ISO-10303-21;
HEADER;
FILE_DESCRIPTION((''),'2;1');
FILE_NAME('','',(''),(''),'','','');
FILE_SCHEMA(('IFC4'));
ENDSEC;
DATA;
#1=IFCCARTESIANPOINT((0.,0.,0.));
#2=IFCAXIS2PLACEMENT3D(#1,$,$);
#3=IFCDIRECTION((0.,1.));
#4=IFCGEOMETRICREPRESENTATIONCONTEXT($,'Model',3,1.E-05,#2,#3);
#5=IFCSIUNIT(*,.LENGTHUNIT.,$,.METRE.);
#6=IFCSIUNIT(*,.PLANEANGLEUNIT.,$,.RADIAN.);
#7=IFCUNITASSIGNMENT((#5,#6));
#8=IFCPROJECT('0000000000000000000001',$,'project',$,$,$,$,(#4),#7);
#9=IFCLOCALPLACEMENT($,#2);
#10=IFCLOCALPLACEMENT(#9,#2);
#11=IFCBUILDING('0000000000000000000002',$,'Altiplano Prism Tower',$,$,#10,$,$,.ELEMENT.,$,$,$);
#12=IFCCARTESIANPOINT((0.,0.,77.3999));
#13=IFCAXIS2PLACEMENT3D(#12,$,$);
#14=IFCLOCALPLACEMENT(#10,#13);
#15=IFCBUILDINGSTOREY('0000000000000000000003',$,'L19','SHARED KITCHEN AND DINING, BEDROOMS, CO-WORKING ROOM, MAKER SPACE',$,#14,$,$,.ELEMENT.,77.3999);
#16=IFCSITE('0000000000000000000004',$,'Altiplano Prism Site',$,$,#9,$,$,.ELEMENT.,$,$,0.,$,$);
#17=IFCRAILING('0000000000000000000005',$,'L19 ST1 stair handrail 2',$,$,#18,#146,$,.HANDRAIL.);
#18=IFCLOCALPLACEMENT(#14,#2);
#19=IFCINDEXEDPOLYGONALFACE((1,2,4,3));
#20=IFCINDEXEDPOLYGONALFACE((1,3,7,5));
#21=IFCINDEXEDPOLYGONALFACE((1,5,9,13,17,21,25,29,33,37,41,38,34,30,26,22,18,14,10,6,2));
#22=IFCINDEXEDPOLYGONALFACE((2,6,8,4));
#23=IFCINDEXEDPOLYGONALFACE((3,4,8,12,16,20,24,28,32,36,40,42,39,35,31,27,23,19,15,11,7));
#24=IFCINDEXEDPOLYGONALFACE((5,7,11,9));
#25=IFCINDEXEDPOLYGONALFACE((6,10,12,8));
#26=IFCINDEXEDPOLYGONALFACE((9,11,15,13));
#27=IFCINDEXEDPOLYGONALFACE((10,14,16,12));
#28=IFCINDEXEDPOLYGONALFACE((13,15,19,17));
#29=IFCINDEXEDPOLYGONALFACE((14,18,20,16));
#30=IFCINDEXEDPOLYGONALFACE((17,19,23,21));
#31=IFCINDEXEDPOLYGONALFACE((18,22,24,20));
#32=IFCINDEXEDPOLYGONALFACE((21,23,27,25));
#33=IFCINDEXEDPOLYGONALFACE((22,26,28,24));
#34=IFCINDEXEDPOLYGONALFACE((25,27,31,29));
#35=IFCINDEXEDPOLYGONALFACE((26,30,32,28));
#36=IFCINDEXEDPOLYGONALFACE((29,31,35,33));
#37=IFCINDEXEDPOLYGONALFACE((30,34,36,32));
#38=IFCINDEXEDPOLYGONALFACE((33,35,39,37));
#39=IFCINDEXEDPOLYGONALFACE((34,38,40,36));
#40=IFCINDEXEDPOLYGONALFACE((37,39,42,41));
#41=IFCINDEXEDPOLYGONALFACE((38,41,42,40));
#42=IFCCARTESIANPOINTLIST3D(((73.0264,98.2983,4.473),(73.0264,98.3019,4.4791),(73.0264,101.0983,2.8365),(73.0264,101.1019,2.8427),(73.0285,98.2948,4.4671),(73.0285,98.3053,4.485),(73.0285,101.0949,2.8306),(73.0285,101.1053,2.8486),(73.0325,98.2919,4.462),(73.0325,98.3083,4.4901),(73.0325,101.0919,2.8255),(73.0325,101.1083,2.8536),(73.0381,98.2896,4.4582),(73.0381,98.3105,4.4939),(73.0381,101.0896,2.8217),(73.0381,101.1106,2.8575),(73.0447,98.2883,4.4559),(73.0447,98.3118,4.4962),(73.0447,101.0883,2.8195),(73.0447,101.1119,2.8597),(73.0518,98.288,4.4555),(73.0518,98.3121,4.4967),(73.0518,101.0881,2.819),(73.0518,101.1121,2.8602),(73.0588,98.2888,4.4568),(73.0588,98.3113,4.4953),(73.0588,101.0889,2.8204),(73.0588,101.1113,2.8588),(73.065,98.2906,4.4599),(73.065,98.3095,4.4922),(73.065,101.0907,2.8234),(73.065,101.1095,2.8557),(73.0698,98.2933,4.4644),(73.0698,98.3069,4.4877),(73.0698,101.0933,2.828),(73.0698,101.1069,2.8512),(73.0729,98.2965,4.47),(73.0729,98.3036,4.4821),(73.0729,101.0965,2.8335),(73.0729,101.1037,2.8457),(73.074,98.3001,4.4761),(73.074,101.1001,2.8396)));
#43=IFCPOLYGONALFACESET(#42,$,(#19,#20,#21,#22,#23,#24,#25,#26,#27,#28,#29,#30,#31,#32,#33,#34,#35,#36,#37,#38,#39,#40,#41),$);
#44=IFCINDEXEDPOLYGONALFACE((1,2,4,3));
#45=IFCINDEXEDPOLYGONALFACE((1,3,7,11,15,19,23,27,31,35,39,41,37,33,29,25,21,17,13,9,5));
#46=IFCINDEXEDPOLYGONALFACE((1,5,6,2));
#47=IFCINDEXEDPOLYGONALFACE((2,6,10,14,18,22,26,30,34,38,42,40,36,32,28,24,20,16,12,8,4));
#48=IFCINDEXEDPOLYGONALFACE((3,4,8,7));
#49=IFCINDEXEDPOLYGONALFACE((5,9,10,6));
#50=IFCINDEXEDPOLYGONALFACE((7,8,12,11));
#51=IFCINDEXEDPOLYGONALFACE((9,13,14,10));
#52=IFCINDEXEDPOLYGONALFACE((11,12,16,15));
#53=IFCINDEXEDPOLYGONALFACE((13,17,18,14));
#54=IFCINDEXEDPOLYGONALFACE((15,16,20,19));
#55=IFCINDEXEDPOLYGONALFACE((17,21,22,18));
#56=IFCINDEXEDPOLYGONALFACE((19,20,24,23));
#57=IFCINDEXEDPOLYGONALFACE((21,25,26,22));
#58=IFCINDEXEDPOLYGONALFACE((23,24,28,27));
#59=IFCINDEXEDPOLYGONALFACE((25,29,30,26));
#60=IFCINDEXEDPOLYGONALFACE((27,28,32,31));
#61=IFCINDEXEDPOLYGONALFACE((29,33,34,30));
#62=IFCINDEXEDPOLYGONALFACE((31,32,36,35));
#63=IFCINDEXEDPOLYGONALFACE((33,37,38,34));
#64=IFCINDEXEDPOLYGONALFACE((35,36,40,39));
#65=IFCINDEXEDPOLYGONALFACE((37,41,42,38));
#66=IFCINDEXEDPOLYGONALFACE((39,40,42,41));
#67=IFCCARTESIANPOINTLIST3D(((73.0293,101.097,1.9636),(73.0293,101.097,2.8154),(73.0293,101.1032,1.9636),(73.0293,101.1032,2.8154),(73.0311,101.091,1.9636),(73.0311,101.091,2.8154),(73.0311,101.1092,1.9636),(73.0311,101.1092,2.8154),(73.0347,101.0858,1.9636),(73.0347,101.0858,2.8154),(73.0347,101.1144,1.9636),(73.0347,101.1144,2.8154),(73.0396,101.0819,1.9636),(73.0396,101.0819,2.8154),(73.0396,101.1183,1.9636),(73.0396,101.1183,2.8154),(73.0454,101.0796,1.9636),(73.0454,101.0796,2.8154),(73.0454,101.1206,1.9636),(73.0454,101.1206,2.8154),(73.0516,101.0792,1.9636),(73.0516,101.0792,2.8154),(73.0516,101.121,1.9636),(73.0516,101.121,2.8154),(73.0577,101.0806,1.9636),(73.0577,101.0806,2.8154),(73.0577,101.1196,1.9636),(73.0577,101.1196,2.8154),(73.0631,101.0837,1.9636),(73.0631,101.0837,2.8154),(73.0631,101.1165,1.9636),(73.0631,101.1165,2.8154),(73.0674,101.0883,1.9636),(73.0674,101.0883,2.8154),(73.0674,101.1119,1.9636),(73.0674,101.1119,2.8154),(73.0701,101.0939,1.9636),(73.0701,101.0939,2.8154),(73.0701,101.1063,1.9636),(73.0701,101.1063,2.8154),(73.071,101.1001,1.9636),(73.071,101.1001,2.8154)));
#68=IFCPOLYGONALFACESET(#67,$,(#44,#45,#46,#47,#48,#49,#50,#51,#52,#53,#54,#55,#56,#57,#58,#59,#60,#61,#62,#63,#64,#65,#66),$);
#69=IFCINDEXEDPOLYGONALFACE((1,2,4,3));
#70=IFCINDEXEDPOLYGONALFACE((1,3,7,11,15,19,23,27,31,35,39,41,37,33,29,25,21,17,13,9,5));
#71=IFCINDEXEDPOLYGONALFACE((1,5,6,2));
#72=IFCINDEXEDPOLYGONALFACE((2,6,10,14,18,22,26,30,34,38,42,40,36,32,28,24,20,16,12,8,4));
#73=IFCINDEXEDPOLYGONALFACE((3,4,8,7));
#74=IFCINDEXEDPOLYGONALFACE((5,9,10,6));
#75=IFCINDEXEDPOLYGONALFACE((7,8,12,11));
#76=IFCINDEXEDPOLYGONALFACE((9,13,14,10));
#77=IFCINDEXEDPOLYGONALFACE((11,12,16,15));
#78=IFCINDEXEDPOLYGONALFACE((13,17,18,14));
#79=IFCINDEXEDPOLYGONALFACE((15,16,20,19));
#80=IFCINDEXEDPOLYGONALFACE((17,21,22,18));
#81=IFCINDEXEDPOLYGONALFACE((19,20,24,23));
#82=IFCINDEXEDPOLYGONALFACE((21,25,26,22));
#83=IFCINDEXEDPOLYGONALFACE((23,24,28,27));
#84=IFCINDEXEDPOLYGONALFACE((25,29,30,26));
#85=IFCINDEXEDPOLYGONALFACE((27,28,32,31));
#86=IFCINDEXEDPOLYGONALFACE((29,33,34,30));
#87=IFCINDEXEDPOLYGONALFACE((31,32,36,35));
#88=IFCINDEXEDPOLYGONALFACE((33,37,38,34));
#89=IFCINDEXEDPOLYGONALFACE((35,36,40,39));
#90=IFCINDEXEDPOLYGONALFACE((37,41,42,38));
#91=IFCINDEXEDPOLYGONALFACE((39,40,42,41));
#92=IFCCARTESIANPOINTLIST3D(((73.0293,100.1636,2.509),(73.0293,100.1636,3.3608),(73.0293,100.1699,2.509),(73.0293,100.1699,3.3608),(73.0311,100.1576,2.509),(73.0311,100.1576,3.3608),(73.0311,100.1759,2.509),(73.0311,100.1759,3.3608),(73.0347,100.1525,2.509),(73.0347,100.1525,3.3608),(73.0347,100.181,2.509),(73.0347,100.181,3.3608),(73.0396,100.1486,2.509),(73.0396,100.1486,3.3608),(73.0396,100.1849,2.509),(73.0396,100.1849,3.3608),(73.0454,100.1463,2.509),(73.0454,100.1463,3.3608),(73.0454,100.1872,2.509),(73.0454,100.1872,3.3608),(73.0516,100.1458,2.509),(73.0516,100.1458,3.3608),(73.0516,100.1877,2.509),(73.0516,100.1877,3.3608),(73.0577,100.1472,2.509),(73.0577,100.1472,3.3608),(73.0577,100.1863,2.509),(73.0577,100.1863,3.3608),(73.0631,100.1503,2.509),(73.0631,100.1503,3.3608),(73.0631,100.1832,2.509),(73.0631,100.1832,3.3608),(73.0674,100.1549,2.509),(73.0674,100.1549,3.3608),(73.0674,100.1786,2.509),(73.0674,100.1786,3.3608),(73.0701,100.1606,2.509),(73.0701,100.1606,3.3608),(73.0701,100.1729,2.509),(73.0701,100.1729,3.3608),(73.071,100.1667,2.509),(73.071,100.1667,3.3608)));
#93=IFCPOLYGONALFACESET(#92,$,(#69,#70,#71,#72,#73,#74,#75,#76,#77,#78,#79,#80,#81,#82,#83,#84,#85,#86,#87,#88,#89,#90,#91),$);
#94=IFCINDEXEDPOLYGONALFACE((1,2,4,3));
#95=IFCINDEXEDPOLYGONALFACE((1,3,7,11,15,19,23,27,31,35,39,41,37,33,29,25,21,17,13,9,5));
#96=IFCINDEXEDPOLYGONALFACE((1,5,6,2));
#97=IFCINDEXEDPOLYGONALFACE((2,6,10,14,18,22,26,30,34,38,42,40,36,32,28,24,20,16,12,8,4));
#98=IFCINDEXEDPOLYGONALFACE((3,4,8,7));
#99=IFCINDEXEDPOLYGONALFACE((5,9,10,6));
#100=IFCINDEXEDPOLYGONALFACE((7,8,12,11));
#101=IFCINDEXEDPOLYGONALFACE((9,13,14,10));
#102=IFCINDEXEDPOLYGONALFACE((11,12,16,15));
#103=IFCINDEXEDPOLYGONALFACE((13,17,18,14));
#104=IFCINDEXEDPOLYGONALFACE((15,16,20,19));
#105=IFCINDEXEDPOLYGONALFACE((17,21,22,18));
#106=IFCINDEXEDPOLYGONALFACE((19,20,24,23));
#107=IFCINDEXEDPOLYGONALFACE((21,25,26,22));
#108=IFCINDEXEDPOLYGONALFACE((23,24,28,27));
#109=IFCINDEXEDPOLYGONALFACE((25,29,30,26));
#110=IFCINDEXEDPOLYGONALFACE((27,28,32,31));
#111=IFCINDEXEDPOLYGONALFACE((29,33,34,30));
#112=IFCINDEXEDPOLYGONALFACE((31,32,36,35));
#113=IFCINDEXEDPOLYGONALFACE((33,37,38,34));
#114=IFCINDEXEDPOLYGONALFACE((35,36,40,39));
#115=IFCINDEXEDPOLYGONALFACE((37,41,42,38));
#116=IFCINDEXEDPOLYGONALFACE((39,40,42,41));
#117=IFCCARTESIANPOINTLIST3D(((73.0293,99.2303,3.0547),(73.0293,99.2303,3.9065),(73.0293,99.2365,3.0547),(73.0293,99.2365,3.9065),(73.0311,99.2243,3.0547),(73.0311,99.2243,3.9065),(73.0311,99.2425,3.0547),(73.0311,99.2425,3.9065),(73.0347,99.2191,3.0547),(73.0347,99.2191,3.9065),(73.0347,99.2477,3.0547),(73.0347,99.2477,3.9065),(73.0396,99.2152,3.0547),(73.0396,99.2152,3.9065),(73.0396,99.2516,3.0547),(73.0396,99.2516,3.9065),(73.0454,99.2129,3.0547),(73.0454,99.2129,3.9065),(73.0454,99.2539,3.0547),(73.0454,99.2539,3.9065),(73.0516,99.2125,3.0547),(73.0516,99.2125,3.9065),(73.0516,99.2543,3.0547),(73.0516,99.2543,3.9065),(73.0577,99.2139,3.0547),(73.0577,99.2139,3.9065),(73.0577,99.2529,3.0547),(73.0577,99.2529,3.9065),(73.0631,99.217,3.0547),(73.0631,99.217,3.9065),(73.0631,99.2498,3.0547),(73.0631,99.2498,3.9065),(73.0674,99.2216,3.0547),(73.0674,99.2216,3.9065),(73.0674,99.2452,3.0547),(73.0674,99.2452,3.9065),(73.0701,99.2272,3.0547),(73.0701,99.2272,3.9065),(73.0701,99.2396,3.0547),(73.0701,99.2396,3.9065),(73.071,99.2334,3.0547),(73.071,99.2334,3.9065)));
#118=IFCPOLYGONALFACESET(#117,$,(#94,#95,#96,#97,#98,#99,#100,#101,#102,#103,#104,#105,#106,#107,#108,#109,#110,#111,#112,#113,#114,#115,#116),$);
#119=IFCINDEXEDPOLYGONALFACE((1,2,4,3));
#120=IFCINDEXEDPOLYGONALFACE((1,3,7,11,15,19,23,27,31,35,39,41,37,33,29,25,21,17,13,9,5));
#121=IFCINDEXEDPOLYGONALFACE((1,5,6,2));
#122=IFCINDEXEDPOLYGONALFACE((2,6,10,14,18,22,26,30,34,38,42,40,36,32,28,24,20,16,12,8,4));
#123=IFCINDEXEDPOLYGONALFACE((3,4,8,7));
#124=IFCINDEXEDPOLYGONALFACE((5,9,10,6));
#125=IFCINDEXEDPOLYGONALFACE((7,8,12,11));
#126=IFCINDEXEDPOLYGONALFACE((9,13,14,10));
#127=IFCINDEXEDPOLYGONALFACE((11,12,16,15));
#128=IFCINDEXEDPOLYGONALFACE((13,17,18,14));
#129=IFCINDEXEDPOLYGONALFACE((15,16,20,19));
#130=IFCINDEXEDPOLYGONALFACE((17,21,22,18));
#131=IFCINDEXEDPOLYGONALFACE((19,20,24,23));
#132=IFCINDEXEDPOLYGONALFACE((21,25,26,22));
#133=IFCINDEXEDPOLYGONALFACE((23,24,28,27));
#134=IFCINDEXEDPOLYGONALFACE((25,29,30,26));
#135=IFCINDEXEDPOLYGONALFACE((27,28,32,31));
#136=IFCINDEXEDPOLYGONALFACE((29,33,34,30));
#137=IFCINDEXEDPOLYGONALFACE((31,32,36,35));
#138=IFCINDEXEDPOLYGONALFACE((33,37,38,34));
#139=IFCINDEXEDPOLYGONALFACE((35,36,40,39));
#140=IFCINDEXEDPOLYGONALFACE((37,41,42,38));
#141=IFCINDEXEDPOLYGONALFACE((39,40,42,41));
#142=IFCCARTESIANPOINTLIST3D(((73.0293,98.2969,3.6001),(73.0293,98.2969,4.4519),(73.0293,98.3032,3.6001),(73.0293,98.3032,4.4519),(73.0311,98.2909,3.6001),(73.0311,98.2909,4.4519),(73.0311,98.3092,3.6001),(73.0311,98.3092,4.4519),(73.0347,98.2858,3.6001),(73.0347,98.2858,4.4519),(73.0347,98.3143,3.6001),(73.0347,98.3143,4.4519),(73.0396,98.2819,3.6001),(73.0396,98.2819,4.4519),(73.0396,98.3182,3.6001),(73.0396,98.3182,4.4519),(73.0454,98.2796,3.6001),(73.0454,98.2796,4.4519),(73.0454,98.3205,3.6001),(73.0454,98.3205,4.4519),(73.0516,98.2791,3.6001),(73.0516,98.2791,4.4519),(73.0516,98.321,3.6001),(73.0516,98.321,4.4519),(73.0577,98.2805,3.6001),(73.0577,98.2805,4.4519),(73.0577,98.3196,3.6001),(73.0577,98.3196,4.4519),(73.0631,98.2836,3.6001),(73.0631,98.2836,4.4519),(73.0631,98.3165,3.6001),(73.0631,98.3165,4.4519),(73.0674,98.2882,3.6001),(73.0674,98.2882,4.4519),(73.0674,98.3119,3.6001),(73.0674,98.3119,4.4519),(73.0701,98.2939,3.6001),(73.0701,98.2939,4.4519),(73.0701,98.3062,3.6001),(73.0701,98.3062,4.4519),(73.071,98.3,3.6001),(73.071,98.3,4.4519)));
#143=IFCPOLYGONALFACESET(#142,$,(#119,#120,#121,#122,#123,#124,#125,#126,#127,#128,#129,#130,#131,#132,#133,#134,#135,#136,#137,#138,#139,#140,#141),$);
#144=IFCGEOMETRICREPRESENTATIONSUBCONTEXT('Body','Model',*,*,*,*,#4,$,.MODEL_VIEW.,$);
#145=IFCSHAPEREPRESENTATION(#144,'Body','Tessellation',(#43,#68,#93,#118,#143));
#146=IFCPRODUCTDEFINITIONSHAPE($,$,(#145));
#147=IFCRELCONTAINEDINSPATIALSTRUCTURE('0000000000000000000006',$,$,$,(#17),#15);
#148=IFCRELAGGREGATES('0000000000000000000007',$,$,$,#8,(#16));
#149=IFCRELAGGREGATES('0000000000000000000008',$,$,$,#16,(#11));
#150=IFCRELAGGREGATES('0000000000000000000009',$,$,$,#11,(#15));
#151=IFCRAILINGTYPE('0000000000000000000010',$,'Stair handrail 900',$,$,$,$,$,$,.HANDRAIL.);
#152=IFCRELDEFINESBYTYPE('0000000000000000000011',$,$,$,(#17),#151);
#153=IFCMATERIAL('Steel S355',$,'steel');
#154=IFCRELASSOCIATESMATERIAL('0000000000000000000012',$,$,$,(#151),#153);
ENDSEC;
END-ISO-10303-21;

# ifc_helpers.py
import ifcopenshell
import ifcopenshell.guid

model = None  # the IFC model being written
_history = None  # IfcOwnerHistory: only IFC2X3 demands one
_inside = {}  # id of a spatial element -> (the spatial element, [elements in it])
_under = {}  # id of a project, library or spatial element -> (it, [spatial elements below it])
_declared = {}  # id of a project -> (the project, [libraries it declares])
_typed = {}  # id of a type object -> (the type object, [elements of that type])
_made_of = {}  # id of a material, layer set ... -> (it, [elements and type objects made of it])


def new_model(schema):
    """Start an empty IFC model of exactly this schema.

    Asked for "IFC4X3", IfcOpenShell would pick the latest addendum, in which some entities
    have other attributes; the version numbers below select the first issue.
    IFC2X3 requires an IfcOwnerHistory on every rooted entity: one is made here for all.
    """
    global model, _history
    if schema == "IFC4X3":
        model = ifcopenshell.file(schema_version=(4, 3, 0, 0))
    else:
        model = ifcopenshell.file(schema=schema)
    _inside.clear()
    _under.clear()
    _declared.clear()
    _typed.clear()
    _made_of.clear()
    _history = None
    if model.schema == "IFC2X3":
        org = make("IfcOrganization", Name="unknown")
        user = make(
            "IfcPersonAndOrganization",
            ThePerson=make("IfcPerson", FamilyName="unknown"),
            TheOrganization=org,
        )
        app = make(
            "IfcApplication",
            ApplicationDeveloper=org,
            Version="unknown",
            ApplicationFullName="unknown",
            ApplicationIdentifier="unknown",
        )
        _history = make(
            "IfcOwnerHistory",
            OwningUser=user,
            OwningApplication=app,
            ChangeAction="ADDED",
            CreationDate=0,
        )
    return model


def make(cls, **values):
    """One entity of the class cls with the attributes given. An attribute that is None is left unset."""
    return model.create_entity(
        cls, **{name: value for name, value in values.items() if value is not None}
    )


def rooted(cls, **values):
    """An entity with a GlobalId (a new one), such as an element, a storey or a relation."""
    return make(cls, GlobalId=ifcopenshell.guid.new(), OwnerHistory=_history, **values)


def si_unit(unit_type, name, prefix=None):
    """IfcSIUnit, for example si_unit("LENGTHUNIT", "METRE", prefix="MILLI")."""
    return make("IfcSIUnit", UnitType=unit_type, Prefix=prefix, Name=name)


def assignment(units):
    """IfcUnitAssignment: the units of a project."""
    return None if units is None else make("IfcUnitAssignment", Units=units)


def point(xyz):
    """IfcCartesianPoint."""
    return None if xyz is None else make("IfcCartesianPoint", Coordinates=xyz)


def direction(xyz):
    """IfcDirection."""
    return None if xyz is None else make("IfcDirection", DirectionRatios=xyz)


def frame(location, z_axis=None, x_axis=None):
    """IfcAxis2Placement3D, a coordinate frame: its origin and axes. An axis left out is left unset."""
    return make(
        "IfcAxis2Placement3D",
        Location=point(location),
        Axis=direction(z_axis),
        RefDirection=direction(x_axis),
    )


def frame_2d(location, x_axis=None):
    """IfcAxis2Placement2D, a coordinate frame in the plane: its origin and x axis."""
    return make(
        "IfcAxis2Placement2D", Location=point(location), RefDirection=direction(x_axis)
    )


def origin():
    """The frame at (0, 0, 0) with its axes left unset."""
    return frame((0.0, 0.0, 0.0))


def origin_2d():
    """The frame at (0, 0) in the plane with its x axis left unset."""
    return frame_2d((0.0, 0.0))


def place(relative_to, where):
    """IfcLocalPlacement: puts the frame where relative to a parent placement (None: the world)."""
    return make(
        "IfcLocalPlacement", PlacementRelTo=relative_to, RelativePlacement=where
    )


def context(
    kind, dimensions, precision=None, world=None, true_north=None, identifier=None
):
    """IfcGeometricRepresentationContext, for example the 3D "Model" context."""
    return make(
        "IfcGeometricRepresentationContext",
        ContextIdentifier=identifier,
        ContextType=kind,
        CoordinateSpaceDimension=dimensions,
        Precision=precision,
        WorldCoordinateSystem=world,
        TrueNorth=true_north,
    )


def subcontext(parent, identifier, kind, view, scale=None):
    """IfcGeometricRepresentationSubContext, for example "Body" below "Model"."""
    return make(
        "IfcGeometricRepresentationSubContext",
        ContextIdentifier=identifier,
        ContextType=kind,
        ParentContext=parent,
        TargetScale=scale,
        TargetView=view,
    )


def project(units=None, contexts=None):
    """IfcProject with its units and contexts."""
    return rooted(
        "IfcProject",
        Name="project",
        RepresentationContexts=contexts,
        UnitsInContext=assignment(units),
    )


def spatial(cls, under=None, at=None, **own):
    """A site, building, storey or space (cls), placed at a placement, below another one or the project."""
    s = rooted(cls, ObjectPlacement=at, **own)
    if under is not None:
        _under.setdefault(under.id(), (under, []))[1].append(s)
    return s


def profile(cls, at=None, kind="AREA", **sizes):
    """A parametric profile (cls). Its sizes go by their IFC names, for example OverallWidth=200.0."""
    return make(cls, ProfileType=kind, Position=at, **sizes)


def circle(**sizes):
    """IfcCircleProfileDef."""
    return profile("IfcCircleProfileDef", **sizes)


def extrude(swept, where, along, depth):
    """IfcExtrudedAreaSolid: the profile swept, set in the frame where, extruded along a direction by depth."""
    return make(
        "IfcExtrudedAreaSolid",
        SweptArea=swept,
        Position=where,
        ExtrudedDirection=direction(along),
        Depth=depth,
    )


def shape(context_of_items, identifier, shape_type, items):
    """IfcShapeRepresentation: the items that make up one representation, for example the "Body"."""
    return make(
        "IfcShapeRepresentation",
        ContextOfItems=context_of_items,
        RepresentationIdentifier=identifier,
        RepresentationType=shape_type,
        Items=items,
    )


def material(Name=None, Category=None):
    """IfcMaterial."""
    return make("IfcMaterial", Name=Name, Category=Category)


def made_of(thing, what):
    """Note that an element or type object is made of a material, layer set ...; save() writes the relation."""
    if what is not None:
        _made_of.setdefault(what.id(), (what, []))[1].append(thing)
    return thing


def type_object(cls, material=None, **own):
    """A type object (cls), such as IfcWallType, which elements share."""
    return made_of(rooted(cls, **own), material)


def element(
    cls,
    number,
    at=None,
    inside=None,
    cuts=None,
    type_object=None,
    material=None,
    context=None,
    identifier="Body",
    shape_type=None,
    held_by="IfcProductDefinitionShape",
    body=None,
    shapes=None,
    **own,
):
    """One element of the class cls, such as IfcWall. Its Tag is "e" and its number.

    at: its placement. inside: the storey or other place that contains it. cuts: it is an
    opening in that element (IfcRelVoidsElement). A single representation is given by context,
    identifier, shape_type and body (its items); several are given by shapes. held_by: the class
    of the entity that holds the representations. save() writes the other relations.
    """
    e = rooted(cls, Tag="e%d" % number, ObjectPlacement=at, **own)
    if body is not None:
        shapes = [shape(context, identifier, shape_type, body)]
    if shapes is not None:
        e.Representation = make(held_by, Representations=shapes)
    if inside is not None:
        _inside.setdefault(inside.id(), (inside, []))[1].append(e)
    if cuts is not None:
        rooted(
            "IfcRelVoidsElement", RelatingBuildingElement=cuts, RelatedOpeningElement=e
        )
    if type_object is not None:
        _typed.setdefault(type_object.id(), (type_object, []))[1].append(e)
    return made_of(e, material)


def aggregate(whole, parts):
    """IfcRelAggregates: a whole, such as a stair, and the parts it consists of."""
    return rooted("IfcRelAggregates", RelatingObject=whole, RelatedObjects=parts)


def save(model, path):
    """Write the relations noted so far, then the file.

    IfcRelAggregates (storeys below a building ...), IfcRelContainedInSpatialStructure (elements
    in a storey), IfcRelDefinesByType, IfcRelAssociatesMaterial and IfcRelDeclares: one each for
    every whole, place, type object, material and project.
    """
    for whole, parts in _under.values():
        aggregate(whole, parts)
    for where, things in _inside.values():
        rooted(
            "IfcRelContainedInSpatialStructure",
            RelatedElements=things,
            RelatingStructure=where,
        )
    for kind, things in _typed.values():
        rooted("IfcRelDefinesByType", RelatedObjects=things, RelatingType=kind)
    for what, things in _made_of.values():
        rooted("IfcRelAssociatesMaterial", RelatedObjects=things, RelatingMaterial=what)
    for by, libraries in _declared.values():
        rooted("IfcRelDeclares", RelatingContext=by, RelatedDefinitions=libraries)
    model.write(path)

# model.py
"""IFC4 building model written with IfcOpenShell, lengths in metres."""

from ifc_helpers import new_model, si_unit, direction, frame, origin, origin_2d, place, context, subcontext, project, spatial, circle, extrude, material, type_object, element, save


model = new_model("IFC4")

# Units and contexts
model_context = context("Model", 3, precision=1e-05, world=origin(), true_north=direction((0.0, 1.0)))
body_context = subcontext(model_context, "Body", "Model", "MODEL_VIEW")
ifc_project = project(units=[si_unit("LENGTHUNIT", "METRE"), si_unit("PLANEANGLEUNIT", "RADIAN")], contexts=[model_context])

# Site, building, storey
site_placement = place(None, origin())
site = spatial("IfcSite", under=ifc_project, at=site_placement, Name="Altiplano Prism Site", CompositionType="ELEMENT", RefElevation=0.0)
building_placement = place(site_placement, origin())
building = spatial("IfcBuilding", under=site, at=building_placement, Name="Altiplano Prism Tower", CompositionType="ELEMENT")
storey_placement = place(building_placement, frame((0.0, 0.0, 77.3999)))
storey = spatial("IfcBuildingStorey", under=building, at=storey_placement, Name="L19", Description="SHARED KITCHEN AND DINING, BEDROOMS, CO-WORKING ROOM, MAKER SPACE", CompositionType="ELEMENT", Elevation=77.3999)

# Railing
ifc_material_1 = material(Name="Steel S355", Category="steel")
railing_type = type_object("IfcRailingType", Name="Stair handrail 900", PredefinedType="HANDRAIL", material=ifc_material_1)
railing_placement = place(storey_placement, frame((73.05, 101.1001, 1.9636)))
element("IfcRailing", 1, at=railing_placement, inside=storey, type_object=railing_type, Name="L19 ST1 stair handrail 2", PredefinedType="HANDRAIL", context=body_context, shape_type="SweptSolid", body=[
    extrude(circle(Radius=0.0239, at=origin_2d()), frame((0.0, 0.0, 0.876), z_axis=(0.0, -0.863361, 0.504587), x_axis=(1.0, 0.0, 0.0)), (0.0, 0.0, 1.0), 3.2432),
    extrude(circle(Radius=0.021, at=origin_2d()), origin(), (0.0, 0.0, 1.0), 0.8518),
    extrude(circle(Radius=0.021, at=origin_2d()), frame((0.0, -0.9333, 0.5454)), (0.0, 0.0, 1.0), 0.8518),
    extrude(circle(Radius=0.021, at=origin_2d()), frame((0.0, -1.8667, 1.0911)), (0.0, 0.0, 1.0), 0.8518),
    extrude(circle(Radius=0.021, at=origin_2d()), frame((0.0, -2.8, 1.6365)), (0.0, 0.0, 1.0), 0.8518),
])

save(model, "model.ifc")
